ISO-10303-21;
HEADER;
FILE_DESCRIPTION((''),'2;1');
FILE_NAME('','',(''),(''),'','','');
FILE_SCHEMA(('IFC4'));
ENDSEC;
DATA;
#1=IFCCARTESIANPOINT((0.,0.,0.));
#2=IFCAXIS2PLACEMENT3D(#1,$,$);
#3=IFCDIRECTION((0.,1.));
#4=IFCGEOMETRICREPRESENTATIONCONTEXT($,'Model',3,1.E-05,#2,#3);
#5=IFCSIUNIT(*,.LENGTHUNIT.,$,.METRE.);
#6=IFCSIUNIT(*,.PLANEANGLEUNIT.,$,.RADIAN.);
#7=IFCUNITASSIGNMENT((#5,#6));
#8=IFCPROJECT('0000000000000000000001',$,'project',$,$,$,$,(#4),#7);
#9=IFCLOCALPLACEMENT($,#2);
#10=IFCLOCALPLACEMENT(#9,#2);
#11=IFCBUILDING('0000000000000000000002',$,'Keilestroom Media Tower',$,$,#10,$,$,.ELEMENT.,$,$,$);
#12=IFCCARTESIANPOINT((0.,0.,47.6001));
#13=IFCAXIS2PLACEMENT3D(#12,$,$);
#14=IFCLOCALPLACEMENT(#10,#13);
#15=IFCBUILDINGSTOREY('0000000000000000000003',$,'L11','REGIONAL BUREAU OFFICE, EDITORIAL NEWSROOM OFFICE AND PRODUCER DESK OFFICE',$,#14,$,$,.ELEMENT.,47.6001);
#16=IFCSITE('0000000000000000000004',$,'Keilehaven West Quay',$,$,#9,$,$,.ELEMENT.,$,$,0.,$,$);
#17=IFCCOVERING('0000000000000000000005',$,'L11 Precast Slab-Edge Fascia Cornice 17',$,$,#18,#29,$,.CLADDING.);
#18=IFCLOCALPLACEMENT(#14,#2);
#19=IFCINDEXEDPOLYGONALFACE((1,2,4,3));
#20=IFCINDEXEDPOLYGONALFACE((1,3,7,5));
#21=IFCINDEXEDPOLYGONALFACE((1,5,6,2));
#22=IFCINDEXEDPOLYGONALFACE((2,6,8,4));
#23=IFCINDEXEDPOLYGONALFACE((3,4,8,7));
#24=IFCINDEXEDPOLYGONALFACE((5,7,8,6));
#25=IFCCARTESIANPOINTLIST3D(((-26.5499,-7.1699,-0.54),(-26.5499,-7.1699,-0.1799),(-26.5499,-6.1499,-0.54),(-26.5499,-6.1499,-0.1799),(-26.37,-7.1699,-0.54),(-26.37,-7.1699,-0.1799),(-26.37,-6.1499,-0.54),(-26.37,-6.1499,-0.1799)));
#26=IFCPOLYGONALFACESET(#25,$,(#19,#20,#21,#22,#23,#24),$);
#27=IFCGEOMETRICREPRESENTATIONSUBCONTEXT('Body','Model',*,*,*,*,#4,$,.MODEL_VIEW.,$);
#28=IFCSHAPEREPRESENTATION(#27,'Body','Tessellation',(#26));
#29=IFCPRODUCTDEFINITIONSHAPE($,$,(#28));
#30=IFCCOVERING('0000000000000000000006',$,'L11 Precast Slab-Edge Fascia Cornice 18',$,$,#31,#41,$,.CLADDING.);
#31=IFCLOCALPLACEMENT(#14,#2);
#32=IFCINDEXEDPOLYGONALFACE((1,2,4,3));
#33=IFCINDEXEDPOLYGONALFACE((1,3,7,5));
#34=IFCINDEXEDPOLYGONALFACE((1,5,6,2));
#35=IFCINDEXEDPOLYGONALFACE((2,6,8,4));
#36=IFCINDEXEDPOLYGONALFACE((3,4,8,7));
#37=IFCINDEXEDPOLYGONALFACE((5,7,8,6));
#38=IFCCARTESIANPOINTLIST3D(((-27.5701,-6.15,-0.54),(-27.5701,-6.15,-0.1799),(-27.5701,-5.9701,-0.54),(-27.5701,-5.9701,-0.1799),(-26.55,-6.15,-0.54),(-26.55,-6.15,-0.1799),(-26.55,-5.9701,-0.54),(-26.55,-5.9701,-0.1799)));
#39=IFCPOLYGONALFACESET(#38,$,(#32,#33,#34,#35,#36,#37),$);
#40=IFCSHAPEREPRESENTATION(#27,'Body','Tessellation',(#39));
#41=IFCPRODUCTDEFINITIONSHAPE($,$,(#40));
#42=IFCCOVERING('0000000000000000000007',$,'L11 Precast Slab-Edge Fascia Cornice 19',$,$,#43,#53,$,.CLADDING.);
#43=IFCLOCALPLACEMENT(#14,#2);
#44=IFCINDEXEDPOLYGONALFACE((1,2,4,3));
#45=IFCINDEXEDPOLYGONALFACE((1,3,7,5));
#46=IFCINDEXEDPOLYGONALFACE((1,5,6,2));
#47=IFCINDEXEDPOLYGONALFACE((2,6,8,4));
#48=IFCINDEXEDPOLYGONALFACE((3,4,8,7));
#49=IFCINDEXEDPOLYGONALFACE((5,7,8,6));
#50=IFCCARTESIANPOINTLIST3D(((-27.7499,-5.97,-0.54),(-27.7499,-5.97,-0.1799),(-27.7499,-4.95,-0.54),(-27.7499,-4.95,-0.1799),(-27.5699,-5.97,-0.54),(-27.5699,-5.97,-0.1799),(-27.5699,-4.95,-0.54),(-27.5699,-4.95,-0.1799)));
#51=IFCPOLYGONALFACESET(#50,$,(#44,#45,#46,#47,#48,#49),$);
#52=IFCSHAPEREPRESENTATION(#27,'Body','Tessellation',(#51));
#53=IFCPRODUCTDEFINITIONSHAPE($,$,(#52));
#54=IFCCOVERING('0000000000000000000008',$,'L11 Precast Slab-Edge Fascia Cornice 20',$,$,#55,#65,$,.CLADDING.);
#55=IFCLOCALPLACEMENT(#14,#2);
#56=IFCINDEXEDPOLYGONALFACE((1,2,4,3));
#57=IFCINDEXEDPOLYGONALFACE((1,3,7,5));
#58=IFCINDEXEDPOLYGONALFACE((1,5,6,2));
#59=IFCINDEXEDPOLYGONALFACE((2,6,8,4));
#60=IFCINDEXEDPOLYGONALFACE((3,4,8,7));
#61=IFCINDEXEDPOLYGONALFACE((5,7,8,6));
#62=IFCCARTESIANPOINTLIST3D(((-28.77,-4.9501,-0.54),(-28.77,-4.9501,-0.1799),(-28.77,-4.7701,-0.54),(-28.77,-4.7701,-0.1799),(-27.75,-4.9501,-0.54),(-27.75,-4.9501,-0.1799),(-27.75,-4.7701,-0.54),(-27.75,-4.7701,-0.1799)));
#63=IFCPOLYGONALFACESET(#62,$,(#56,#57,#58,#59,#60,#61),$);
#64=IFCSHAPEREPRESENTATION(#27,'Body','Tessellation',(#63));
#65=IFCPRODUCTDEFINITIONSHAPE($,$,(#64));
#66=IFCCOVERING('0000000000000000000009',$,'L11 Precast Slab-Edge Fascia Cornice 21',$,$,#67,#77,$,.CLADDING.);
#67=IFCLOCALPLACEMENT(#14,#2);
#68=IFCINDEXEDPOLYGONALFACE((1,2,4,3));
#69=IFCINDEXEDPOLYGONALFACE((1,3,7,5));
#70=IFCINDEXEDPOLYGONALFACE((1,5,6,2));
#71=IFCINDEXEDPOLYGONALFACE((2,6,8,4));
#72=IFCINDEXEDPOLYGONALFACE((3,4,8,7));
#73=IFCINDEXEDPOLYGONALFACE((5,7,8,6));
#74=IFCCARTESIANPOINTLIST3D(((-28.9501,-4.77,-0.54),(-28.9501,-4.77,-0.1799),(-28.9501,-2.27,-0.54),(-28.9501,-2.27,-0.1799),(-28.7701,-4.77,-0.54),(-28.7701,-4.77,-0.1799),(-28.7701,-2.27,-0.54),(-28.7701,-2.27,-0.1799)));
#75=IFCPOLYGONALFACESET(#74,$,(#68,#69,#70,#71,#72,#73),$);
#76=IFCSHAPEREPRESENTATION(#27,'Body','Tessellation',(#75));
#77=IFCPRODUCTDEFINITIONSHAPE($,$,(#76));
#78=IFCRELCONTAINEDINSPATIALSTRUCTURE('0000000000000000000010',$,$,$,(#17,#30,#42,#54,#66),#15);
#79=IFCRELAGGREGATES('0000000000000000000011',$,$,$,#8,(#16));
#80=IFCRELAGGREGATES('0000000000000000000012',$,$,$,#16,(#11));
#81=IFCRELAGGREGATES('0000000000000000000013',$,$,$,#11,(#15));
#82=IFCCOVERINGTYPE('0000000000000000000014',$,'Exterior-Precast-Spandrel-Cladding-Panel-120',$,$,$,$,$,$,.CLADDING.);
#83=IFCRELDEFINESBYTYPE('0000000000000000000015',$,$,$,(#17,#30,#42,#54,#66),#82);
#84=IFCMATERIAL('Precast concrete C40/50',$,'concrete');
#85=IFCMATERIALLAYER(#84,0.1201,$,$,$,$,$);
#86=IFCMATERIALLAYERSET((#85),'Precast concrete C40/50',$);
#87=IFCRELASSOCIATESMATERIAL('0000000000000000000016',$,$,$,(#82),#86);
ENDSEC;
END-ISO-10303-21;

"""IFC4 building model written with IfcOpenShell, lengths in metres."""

from ifc_helpers import new_model, si_unit, direction, frame, origin, origin_2d, place, context, subcontext, project, spatial, rectangle, extrude, source, transform, mapped, material, layer, layer_set, type_object, element, save


model = new_model("IFC4")

# Units and contexts
model_context = context("Model", 3, precision=1e-05, world=origin(), true_north=direction((0.0, 1.0)))
body_context = subcontext(model_context, "Body", "Model", "MODEL_VIEW")
ifc_project = project(units=[si_unit("LENGTHUNIT", "METRE"), si_unit("PLANEANGLEUNIT", "RADIAN")], contexts=[model_context])

# Site, building, storey
site_placement = place(None, origin())
site = spatial("IfcSite", under=ifc_project, at=site_placement, Name="Keilehaven West Quay", CompositionType="ELEMENT", RefElevation=0.0)
building_placement = place(site_placement, origin())
building = spatial("IfcBuilding", under=site, at=building_placement, Name="Keilestroom Media Tower", CompositionType="ELEMENT")
storey_placement = place(building_placement, frame((0.0, 0.0, 47.6001)))
storey = spatial("IfcBuildingStorey", under=building, at=storey_placement, Name="L11", Description="REGIONAL BUREAU OFFICE, EDITORIAL NEWSROOM OFFICE AND PRODUCER DESK OFFICE", CompositionType="ELEMENT", Elevation=47.6001)

# Shared definitions
ifc_material_1 = material(Name="Precast concrete C40/50", Category="concrete")

# Coverings
ifc_layer_1 = layer(ifc_material_1, 0.1201)
ifc_layer_set_1 = layer_set([ifc_layer_1], Name="Precast concrete C40/50")
covering_type = type_object("IfcCoveringType", Name="Exterior-Precast-Spandrel-Cladding-Panel-120", PredefinedType="CLADDING", material=ifc_layer_set_1)
shared_shape_1 = source(origin(), body_context, "Body", "SweptSolid", [
    extrude(rectangle(XDim=1.02, YDim=0.1799, at=origin_2d()), origin(), (0.0, 0.0, 1.0), 0.3601),
])
for number, where, z_axis, x_axis, name in (
    (1, (-26.46, -6.6599, -0.54), (0.0, 0.0, 1.0), (0.0, 1.0, 0.0), "L11 Precast Slab-Edge Fascia Cornice 17"),
    (2, (-27.0601, -6.0601, -0.54), (0.0, 0.0, 1.0), (-1.0, 0.0, 0.0), "L11 Precast Slab-Edge Fascia Cornice 18"),
    (3, (-27.6599, -5.46, -0.54), (0.0, 0.0, 1.0), (0.0, 1.0, 0.0), "L11 Precast Slab-Edge Fascia Cornice 19"),
    (4, (-28.26, -4.8601, -0.54), (0.0, 0.0, 1.0), (-1.0, 0.0, 0.0), "L11 Precast Slab-Edge Fascia Cornice 20"),
):
    element("IfcCovering", number, at=place(storey_placement, frame(where, z_axis=z_axis, x_axis=x_axis)), inside=storey, type_object=covering_type, Name=name, PredefinedType="CLADDING", context=body_context, shape_type="MappedRepresentation", body=[
        mapped(shared_shape_1, transform((0.0, 0.0, 0.0), x_axis=(1.0, 0.0, 0.0), y_axis=(0.0, 1.0, 0.0), z_axis=(0.0, 0.0, 1.0), scale=1.0)),
    ])
shared_shape_2 = source(origin(), body_context, "Body", "SweptSolid", [
    extrude(rectangle(XDim=2.5, YDim=0.1799, at=origin_2d()), origin(), (0.0, 0.0, 1.0), 0.3601),
])
covering_placement = place(storey_placement, frame((-28.8601, -3.52, -0.54), z_axis=(0.0, 0.0, 1.0), x_axis=(0.0, 1.0, 0.0)))
element("IfcCovering", 5, at=covering_placement, inside=storey, type_object=covering_type, Name="L11 Precast Slab-Edge Fascia Cornice 21", PredefinedType="CLADDING", context=body_context, shape_type="MappedRepresentation", body=[
    mapped(shared_shape_2, transform((0.0, 0.0, 0.0), x_axis=(1.0, 0.0, 0.0), y_axis=(0.0, 1.0, 0.0), z_axis=(0.0, 0.0, 1.0), scale=1.0)),
])

save(model, "model.ifc")
